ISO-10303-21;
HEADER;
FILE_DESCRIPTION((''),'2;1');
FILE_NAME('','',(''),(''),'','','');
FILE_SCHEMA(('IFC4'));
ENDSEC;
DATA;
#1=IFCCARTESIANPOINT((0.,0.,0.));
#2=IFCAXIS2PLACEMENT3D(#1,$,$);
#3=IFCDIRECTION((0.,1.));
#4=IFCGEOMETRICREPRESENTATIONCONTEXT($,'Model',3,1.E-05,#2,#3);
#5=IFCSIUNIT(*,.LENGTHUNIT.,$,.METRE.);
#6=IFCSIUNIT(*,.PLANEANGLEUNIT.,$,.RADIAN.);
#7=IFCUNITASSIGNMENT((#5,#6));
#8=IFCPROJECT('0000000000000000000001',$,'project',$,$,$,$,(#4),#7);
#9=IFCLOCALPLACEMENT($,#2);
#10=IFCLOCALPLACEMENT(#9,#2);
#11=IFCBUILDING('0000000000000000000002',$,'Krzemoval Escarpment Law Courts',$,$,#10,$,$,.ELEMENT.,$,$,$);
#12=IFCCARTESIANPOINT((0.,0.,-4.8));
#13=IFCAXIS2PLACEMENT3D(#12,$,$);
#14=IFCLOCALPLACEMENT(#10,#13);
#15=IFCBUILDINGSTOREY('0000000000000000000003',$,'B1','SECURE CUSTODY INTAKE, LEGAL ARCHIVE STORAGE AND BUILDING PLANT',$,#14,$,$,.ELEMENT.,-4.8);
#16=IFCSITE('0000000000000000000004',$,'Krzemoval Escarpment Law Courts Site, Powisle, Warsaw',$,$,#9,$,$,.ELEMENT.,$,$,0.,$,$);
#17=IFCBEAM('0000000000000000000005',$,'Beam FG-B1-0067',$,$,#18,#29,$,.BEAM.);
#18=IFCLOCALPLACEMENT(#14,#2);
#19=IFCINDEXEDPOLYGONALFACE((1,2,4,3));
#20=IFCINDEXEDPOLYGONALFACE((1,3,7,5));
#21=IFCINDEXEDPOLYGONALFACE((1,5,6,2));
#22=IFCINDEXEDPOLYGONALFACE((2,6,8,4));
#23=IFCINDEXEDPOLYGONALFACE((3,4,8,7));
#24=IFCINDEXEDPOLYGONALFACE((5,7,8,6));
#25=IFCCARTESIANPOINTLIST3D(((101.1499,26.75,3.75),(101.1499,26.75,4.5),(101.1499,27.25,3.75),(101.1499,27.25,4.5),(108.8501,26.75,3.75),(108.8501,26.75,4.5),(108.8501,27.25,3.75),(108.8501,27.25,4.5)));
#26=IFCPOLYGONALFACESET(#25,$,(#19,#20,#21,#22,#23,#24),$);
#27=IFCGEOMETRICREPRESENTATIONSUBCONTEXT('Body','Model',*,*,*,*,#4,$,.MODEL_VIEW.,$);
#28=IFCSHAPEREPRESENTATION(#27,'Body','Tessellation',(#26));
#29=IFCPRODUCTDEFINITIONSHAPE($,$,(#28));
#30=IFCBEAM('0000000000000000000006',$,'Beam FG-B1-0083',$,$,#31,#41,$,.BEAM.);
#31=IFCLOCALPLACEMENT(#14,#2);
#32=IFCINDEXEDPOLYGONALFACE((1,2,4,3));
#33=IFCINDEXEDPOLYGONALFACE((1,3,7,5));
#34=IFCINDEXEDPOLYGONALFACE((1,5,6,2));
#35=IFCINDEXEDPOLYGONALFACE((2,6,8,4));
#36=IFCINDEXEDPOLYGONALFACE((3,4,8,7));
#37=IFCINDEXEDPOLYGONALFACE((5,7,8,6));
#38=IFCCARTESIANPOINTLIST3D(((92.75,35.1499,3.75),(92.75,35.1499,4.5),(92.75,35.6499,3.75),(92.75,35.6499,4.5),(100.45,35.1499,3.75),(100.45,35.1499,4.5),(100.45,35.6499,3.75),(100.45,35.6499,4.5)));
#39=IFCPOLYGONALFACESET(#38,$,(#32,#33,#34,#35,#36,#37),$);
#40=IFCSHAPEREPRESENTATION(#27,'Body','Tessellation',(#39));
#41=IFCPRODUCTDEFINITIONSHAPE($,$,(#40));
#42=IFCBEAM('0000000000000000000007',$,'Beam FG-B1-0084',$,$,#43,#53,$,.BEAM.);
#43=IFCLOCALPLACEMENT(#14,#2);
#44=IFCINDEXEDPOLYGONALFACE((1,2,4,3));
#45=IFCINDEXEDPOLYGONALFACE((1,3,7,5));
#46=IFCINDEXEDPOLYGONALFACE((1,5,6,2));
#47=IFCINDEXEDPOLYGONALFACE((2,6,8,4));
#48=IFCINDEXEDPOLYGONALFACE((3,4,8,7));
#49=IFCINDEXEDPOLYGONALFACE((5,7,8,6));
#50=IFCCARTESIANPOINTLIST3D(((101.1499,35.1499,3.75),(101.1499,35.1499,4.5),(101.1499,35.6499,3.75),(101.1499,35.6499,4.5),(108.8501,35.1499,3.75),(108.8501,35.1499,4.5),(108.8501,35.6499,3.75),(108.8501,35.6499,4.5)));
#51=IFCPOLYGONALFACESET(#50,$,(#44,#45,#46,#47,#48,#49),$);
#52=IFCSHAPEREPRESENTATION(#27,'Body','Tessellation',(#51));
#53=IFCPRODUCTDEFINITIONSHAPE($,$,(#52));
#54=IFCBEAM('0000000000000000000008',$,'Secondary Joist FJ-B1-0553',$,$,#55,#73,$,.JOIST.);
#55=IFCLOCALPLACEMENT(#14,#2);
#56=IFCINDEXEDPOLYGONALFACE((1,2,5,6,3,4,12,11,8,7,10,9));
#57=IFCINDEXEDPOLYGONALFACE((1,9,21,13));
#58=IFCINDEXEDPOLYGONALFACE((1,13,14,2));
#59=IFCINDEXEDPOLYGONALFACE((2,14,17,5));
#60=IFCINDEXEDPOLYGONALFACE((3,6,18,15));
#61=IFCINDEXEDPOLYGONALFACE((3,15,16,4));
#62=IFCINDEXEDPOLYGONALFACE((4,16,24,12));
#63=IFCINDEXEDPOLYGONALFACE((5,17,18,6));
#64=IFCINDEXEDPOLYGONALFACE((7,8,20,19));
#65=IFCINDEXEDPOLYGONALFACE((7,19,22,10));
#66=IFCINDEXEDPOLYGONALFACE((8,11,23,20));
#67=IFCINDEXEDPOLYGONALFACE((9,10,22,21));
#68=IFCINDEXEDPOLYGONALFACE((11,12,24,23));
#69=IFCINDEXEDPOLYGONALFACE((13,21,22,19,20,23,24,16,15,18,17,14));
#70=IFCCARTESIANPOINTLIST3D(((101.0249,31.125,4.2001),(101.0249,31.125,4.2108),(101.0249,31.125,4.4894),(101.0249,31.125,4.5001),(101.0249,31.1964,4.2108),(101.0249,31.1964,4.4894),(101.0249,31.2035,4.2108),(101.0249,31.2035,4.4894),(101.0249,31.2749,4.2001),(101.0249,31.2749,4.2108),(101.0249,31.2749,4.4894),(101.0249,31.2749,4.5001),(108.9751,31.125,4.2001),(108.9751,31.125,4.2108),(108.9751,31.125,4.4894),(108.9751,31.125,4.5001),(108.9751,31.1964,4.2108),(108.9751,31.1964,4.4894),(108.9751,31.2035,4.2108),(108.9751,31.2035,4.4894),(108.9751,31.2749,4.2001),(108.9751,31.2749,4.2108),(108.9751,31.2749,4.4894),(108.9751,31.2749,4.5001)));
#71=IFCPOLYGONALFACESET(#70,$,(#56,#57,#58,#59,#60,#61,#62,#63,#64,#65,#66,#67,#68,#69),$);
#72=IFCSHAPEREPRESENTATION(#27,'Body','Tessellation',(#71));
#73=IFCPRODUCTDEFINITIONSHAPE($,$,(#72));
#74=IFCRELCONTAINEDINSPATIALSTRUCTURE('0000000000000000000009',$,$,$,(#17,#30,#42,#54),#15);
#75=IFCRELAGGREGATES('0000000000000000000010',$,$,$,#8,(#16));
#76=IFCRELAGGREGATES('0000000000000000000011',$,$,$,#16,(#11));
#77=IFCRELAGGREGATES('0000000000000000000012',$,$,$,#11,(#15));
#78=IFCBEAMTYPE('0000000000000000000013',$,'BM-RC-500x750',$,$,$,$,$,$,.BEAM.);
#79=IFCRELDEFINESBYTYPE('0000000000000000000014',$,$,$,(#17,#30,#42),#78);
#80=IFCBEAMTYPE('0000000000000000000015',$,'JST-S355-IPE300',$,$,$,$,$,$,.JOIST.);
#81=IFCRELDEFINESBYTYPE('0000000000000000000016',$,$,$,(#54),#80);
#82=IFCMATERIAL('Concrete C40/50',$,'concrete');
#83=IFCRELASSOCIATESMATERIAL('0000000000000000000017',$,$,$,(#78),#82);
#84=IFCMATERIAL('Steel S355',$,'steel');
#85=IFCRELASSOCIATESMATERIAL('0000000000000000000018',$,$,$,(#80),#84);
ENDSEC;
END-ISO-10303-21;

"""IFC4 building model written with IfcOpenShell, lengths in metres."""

from ifc_helpers import new_model, si_unit, direction, frame, origin, origin_2d, place, context, subcontext, project, spatial, rectangle, i_section, extrude, material, material_profile, profile_set, type_object, element, save


model = new_model("IFC4")

# Units and contexts
model_context = context("Model", 3, precision=1e-05, world=origin(), true_north=direction((0.0, 1.0)))
body_context = subcontext(model_context, "Body", "Model", "MODEL_VIEW")
ifc_project = project(units=[si_unit("LENGTHUNIT", "METRE"), si_unit("PLANEANGLEUNIT", "RADIAN")], contexts=[model_context])

# Site, building, storey
site_placement = place(None, origin())
site = spatial("IfcSite", under=ifc_project, at=site_placement, Name="Krzemoval Escarpment Law Courts Site, Powisle, Warsaw", CompositionType="ELEMENT", RefElevation=0.0)
building_placement = place(site_placement, origin())
building = spatial("IfcBuilding", under=site, at=building_placement, Name="Krzemoval Escarpment Law Courts", CompositionType="ELEMENT")
storey_placement = place(building_placement, frame((0.0, 0.0, -4.8)))
storey = spatial("IfcBuildingStorey", under=building, at=storey_placement, Name="B1", Description="SECURE CUSTODY INTAKE, LEGAL ARCHIVE STORAGE AND BUILDING PLANT", CompositionType="ELEMENT", Elevation=-4.8)

# Beams
ifc_material_1 = material(Name="Concrete C40/50", Category="concrete")
ifc_material_profile_1 = material_profile(ifc_material_1, rectangle(XDim=0.5, YDim=0.75, at=origin_2d()), Name="RCB 500x750")
ifc_profile_set_1 = profile_set([ifc_material_profile_1], Name="Concrete C40/50")
beam_type_1 = type_object("IfcBeamType", Name="BM-RC-500x750", PredefinedType="BEAM", material=ifc_profile_set_1)
beam_1_placement = place(storey_placement, frame((101.1499, 27.0, 4.125), z_axis=(1.0, 0.0, 0.0), x_axis=(0.0, 1.0, 0.0)))
element("IfcBeam", 1, at=beam_1_placement, inside=storey, type_object=beam_type_1, Name="Beam FG-B1-0067", PredefinedType="BEAM", context=body_context, shape_type="SweptSolid", body=[
    extrude(rectangle(XDim=0.5, YDim=0.75, at=origin_2d()), origin(), (0.0, 0.0, 1.0), 7.7002),
])
beam_2_placement = place(storey_placement, frame((92.75, 35.3999, 4.125), z_axis=(1.0, 0.0, 0.0), x_axis=(0.0, 1.0, 0.0)))
element("IfcBeam", 2, at=beam_2_placement, inside=storey, type_object=beam_type_1, Name="Beam FG-B1-0083", PredefinedType="BEAM", context=body_context, shape_type="SweptSolid", body=[
    extrude(rectangle(XDim=0.5, YDim=0.75, at=origin_2d()), origin(), (0.0, 0.0, 1.0), 7.7),
])
beam_3_placement = place(storey_placement, frame((101.1499, 35.3999, 4.125), z_axis=(1.0, 0.0, 0.0), x_axis=(0.0, 1.0, 0.0)))
element("IfcBeam", 3, at=beam_3_placement, inside=storey, type_object=beam_type_1, Name="Beam FG-B1-0084", PredefinedType="BEAM", context=body_context, shape_type="SweptSolid", body=[
    extrude(rectangle(XDim=0.5, YDim=0.75, at=origin_2d()), origin(), (0.0, 0.0, 1.0), 7.7002),
])
ifc_material_2 = material(Name="Steel S355", Category="steel")
ifc_material_profile_2 = material_profile(ifc_material_2, i_section(OverallWidth=0.1499, OverallDepth=0.3, WebThickness=0.0071, FlangeThickness=0.0107, at=origin_2d()), Name="IPE 300")
ifc_profile_set_2 = profile_set([ifc_material_profile_2], Name="Steel S355")
beam_type_2 = type_object("IfcBeamType", Name="JST-S355-IPE300", PredefinedType="JOIST", material=ifc_profile_set_2)
beam_4_placement = place(storey_placement, frame((101.0249, 31.2, 4.3501), z_axis=(1.0, 0.0, 0.0), x_axis=(0.0, 1.0, 0.0)))
element("IfcBeam", 4, at=beam_4_placement, inside=storey, type_object=beam_type_2, Name="Secondary Joist FJ-B1-0553", PredefinedType="JOIST", context=body_context, shape_type="SweptSolid", body=[
    extrude(i_section(OverallWidth=0.1499, OverallDepth=0.3, WebThickness=0.0071, FlangeThickness=0.0107, at=origin_2d()), origin(), (0.0, 0.0, 1.0), 7.9502),
])

save(model, "model.ifc")
